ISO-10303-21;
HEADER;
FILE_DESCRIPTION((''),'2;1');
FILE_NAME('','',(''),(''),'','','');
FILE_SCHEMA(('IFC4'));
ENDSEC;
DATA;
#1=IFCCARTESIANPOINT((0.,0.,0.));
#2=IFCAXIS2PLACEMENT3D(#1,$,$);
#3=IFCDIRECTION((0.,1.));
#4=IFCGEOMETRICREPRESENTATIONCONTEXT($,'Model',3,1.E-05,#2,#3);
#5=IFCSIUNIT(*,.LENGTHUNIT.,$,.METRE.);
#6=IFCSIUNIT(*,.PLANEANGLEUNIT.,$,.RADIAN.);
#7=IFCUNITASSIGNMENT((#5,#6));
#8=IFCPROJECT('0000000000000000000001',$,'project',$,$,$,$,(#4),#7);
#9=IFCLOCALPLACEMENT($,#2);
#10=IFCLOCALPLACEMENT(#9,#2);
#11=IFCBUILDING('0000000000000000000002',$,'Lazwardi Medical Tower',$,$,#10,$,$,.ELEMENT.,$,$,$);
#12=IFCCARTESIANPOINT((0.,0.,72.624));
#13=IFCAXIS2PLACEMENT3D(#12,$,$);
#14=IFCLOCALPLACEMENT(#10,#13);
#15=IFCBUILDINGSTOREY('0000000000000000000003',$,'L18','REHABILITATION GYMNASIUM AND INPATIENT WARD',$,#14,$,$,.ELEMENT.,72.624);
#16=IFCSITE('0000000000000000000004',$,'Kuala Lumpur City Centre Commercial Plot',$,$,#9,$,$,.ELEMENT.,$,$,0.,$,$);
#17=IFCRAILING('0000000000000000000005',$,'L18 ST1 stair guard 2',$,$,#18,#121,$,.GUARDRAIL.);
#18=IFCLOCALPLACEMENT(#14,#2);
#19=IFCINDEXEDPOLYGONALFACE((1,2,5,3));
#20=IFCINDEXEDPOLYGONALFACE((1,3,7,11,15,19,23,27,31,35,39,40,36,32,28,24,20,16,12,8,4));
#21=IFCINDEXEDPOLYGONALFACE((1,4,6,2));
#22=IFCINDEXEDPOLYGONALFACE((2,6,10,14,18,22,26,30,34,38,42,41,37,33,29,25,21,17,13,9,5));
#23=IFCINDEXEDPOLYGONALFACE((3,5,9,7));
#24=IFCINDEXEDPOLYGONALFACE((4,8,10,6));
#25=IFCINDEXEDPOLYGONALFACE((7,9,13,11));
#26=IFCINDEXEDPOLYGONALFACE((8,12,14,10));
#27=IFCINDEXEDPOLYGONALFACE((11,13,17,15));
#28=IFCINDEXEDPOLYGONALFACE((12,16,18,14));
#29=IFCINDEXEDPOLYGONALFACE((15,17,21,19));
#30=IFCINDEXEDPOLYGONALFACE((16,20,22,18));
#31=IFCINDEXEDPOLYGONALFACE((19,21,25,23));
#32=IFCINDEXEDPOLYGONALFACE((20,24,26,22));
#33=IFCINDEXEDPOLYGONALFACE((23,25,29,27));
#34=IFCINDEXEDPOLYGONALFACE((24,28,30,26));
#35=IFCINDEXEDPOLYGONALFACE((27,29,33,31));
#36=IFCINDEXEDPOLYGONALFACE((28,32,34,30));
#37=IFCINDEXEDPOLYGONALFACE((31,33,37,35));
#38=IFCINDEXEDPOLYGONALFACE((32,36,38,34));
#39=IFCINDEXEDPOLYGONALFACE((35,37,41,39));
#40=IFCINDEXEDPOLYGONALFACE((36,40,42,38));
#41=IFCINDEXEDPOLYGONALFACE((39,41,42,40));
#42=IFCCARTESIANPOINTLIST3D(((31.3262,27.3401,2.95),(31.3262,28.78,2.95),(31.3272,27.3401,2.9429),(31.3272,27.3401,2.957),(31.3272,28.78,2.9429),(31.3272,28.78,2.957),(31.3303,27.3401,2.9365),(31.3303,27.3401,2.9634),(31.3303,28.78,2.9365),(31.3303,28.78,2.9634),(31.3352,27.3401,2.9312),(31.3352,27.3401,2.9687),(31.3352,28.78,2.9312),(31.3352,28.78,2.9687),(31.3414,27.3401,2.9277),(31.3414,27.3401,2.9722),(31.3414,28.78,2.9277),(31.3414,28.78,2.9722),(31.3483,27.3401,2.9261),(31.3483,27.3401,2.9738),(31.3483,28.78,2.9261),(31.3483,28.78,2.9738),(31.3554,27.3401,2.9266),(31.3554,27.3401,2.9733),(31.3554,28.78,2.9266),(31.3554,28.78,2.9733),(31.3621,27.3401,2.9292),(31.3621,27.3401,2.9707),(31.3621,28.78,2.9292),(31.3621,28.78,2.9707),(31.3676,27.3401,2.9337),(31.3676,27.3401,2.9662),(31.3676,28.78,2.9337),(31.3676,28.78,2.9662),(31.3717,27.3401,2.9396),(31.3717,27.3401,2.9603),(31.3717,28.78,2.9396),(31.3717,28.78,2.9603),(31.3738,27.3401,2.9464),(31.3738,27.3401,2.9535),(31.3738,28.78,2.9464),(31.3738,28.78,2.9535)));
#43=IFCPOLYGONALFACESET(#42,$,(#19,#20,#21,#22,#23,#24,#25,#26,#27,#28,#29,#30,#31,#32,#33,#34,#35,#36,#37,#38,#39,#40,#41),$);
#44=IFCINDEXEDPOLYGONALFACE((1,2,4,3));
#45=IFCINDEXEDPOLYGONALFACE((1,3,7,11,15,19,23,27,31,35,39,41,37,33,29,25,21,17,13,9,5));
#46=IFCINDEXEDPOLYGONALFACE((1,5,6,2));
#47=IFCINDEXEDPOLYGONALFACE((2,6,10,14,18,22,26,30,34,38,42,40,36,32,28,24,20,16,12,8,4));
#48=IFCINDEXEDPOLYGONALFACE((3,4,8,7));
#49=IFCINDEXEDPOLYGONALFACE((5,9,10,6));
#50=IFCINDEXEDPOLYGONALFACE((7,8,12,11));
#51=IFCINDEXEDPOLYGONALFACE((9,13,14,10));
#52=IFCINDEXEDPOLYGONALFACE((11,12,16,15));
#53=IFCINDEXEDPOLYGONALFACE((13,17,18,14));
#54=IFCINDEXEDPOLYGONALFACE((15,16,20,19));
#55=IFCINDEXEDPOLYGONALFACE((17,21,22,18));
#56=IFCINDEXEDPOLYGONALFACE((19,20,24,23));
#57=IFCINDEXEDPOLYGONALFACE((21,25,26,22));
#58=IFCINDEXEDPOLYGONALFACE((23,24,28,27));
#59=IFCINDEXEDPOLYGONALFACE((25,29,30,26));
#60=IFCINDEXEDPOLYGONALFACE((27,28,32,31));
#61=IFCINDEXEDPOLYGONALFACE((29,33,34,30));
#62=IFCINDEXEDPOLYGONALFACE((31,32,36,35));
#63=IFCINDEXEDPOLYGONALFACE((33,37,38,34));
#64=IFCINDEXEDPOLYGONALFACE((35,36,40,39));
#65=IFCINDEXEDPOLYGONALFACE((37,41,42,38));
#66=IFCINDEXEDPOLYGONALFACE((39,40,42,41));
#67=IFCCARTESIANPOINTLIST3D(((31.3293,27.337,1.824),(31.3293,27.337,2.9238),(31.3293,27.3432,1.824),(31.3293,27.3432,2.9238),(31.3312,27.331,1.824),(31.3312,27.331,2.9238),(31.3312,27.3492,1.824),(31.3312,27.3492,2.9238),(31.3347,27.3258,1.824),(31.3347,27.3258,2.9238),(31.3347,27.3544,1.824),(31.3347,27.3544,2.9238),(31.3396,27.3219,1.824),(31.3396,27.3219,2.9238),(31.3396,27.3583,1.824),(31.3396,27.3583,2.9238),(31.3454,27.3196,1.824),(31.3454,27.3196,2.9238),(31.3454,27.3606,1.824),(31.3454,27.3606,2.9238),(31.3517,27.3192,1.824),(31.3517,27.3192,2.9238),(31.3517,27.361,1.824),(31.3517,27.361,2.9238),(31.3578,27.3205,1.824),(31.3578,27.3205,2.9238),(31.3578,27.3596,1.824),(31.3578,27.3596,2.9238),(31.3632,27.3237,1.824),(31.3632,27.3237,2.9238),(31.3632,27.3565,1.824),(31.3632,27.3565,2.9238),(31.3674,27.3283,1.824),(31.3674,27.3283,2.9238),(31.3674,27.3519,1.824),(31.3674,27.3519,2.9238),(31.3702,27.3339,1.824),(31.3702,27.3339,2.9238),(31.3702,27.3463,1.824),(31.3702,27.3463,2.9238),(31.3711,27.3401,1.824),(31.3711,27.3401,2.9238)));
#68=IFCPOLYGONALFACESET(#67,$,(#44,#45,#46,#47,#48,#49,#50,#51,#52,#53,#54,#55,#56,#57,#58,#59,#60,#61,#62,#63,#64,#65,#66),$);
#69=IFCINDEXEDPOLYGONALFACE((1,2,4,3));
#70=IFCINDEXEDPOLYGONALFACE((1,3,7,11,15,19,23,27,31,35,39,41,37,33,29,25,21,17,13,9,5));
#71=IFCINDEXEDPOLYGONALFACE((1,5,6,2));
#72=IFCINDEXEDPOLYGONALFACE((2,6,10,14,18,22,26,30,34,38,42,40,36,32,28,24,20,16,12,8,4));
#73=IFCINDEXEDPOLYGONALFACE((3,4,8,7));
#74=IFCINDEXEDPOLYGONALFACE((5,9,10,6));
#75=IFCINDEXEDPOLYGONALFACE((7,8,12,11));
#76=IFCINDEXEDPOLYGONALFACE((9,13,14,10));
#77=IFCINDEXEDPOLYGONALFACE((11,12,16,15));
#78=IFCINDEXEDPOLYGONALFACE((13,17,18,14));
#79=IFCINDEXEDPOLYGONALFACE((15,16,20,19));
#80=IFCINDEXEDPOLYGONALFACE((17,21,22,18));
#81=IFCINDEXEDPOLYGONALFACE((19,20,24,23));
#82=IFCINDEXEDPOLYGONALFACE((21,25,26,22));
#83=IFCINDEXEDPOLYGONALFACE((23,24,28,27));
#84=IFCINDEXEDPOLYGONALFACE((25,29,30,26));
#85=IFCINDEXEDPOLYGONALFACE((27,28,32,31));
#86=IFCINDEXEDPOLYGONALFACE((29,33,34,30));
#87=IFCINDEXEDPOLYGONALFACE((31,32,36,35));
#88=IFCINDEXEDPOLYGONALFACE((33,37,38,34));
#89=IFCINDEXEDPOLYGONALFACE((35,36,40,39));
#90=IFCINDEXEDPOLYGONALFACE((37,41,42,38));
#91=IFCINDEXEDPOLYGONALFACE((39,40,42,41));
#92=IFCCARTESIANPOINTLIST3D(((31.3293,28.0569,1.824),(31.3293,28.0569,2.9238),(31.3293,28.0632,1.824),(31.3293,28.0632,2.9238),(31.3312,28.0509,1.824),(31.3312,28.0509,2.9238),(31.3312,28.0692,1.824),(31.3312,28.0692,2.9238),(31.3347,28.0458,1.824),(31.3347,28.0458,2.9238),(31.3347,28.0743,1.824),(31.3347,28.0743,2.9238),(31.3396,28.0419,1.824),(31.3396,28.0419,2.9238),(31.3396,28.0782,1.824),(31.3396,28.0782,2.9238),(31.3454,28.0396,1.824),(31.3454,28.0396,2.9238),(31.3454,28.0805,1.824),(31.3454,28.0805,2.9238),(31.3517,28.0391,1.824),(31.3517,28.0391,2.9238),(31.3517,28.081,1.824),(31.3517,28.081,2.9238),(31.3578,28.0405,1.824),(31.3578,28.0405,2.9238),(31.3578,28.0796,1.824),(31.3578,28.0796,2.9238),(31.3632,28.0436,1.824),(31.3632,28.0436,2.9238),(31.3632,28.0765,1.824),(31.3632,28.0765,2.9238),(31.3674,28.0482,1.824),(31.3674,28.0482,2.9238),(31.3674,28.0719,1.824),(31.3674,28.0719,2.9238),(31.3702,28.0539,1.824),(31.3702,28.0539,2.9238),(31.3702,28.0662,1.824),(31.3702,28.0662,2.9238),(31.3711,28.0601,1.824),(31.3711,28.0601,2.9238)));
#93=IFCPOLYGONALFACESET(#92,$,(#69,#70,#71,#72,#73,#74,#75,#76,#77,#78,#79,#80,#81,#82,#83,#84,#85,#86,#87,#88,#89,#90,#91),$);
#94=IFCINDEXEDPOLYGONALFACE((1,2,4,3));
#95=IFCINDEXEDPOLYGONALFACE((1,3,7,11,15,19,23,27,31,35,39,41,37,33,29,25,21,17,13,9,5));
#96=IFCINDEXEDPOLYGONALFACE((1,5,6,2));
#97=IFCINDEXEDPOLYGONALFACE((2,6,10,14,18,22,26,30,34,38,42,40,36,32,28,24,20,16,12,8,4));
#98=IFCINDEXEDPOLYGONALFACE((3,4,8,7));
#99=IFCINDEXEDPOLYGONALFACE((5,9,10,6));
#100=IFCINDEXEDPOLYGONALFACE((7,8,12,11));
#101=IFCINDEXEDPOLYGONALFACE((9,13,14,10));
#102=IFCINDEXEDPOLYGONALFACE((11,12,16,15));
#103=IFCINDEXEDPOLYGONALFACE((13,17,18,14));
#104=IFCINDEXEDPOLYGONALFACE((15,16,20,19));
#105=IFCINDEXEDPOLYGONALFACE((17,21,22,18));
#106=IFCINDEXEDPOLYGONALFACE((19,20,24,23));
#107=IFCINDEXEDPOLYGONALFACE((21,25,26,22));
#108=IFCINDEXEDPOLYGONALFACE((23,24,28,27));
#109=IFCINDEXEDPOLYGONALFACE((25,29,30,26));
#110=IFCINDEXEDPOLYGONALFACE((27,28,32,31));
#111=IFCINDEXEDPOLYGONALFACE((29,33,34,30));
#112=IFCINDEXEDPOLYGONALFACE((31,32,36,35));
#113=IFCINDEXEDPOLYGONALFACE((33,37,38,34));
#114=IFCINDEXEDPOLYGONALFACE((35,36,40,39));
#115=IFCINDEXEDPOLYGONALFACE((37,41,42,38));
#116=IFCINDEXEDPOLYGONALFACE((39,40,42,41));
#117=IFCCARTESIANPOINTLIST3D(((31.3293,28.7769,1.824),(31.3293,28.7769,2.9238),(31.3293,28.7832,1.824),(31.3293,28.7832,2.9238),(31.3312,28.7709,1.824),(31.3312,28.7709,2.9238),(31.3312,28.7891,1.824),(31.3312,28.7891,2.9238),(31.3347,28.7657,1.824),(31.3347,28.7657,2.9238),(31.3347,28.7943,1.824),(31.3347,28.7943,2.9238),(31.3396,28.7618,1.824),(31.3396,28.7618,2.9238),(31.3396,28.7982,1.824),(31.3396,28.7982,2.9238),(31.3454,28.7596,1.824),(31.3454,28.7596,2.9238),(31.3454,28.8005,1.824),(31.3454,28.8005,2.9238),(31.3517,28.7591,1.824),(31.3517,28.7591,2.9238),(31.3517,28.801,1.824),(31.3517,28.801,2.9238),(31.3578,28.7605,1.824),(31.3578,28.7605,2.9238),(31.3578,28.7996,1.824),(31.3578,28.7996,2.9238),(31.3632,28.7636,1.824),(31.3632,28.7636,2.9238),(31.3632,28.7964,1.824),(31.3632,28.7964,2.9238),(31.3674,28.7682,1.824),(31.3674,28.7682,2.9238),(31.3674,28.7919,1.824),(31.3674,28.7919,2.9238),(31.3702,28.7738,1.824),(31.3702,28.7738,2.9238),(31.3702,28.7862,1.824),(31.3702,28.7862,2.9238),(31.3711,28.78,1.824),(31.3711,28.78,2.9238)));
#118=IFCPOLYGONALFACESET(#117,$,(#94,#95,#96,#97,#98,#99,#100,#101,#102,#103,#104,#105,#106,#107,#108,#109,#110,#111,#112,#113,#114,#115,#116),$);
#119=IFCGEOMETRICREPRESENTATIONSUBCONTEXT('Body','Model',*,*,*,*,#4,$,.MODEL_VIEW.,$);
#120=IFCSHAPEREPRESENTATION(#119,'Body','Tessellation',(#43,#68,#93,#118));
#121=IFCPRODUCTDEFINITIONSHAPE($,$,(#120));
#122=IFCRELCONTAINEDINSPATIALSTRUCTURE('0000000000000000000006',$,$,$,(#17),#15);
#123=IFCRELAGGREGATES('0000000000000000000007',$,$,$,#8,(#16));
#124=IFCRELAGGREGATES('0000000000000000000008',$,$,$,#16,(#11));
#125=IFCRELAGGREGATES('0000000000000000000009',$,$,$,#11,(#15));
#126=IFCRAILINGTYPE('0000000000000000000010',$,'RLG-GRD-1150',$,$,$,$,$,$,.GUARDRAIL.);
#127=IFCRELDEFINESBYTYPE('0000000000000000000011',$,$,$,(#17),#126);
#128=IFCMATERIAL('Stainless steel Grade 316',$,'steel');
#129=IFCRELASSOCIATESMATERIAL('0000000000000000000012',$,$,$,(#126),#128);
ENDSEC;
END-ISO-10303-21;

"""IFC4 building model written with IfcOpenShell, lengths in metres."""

from ifc_helpers import new_model, si_unit, direction, frame, origin, origin_2d, place, context, subcontext, project, spatial, circle, extrude, material, type_object, element, save


model = new_model("IFC4")

# Units and contexts
model_context = context("Model", 3, precision=1e-05, world=origin(), true_north=direction((0.0, 1.0)))
body_context = subcontext(model_context, "Body", "Model", "MODEL_VIEW")
ifc_project = project(units=[si_unit("LENGTHUNIT", "METRE"), si_unit("PLANEANGLEUNIT", "RADIAN")], contexts=[model_context])

# Site, building, storey
site_placement = place(None, origin())
site = spatial("IfcSite", under=ifc_project, at=site_placement, Name="Kuala Lumpur City Centre Commercial Plot", CompositionType="ELEMENT", RefElevation=0.0)
building_placement = place(site_placement, origin())
building = spatial("IfcBuilding", under=site, at=building_placement, Name="Lazwardi Medical Tower", CompositionType="ELEMENT")
storey_placement = place(building_placement, frame((0.0, 0.0, 72.624)))
storey = spatial("IfcBuildingStorey", under=building, at=storey_placement, Name="L18", Description="REHABILITATION GYMNASIUM AND INPATIENT WARD", CompositionType="ELEMENT", Elevation=72.624)

# Railing
ifc_material_1 = material(Name="Stainless steel Grade 316", Category="steel")
railing_type_1 = type_object("IfcRailingType", Name="RLG-GRD-1150", PredefinedType="GUARDRAIL", material=ifc_material_1)
railing_1_placement = place(storey_placement, frame((31.3501, 27.3401, 1.824)))
element("IfcRailing", 1, at=railing_1_placement, inside=storey, type_object=railing_type_1, Name="L18 ST1 stair guard 2", PredefinedType="GUARDRAIL", context=body_context, shape_type="SweptSolid", body=[
    extrude(circle(Radius=0.0239, at=origin_2d()), frame((0.0, 0.0, 1.126), z_axis=(0.0, 1.0, 0.0), x_axis=(-1.0, 0.0, 0.0)), (0.0, 0.0, 1.0), 1.4399),
    extrude(circle(Radius=0.021, at=origin_2d()), origin(), (0.0, 0.0, 1.0), 1.0999),
    extrude(circle(Radius=0.021, at=origin_2d()), frame((0.0, 0.72, 0.0)), (0.0, 0.0, 1.0), 1.0999),
    extrude(circle(Radius=0.021, at=origin_2d()), frame((0.0, 1.4399, 0.0)), (0.0, 0.0, 1.0), 1.0999),
])

save(model, "model.ifc")
